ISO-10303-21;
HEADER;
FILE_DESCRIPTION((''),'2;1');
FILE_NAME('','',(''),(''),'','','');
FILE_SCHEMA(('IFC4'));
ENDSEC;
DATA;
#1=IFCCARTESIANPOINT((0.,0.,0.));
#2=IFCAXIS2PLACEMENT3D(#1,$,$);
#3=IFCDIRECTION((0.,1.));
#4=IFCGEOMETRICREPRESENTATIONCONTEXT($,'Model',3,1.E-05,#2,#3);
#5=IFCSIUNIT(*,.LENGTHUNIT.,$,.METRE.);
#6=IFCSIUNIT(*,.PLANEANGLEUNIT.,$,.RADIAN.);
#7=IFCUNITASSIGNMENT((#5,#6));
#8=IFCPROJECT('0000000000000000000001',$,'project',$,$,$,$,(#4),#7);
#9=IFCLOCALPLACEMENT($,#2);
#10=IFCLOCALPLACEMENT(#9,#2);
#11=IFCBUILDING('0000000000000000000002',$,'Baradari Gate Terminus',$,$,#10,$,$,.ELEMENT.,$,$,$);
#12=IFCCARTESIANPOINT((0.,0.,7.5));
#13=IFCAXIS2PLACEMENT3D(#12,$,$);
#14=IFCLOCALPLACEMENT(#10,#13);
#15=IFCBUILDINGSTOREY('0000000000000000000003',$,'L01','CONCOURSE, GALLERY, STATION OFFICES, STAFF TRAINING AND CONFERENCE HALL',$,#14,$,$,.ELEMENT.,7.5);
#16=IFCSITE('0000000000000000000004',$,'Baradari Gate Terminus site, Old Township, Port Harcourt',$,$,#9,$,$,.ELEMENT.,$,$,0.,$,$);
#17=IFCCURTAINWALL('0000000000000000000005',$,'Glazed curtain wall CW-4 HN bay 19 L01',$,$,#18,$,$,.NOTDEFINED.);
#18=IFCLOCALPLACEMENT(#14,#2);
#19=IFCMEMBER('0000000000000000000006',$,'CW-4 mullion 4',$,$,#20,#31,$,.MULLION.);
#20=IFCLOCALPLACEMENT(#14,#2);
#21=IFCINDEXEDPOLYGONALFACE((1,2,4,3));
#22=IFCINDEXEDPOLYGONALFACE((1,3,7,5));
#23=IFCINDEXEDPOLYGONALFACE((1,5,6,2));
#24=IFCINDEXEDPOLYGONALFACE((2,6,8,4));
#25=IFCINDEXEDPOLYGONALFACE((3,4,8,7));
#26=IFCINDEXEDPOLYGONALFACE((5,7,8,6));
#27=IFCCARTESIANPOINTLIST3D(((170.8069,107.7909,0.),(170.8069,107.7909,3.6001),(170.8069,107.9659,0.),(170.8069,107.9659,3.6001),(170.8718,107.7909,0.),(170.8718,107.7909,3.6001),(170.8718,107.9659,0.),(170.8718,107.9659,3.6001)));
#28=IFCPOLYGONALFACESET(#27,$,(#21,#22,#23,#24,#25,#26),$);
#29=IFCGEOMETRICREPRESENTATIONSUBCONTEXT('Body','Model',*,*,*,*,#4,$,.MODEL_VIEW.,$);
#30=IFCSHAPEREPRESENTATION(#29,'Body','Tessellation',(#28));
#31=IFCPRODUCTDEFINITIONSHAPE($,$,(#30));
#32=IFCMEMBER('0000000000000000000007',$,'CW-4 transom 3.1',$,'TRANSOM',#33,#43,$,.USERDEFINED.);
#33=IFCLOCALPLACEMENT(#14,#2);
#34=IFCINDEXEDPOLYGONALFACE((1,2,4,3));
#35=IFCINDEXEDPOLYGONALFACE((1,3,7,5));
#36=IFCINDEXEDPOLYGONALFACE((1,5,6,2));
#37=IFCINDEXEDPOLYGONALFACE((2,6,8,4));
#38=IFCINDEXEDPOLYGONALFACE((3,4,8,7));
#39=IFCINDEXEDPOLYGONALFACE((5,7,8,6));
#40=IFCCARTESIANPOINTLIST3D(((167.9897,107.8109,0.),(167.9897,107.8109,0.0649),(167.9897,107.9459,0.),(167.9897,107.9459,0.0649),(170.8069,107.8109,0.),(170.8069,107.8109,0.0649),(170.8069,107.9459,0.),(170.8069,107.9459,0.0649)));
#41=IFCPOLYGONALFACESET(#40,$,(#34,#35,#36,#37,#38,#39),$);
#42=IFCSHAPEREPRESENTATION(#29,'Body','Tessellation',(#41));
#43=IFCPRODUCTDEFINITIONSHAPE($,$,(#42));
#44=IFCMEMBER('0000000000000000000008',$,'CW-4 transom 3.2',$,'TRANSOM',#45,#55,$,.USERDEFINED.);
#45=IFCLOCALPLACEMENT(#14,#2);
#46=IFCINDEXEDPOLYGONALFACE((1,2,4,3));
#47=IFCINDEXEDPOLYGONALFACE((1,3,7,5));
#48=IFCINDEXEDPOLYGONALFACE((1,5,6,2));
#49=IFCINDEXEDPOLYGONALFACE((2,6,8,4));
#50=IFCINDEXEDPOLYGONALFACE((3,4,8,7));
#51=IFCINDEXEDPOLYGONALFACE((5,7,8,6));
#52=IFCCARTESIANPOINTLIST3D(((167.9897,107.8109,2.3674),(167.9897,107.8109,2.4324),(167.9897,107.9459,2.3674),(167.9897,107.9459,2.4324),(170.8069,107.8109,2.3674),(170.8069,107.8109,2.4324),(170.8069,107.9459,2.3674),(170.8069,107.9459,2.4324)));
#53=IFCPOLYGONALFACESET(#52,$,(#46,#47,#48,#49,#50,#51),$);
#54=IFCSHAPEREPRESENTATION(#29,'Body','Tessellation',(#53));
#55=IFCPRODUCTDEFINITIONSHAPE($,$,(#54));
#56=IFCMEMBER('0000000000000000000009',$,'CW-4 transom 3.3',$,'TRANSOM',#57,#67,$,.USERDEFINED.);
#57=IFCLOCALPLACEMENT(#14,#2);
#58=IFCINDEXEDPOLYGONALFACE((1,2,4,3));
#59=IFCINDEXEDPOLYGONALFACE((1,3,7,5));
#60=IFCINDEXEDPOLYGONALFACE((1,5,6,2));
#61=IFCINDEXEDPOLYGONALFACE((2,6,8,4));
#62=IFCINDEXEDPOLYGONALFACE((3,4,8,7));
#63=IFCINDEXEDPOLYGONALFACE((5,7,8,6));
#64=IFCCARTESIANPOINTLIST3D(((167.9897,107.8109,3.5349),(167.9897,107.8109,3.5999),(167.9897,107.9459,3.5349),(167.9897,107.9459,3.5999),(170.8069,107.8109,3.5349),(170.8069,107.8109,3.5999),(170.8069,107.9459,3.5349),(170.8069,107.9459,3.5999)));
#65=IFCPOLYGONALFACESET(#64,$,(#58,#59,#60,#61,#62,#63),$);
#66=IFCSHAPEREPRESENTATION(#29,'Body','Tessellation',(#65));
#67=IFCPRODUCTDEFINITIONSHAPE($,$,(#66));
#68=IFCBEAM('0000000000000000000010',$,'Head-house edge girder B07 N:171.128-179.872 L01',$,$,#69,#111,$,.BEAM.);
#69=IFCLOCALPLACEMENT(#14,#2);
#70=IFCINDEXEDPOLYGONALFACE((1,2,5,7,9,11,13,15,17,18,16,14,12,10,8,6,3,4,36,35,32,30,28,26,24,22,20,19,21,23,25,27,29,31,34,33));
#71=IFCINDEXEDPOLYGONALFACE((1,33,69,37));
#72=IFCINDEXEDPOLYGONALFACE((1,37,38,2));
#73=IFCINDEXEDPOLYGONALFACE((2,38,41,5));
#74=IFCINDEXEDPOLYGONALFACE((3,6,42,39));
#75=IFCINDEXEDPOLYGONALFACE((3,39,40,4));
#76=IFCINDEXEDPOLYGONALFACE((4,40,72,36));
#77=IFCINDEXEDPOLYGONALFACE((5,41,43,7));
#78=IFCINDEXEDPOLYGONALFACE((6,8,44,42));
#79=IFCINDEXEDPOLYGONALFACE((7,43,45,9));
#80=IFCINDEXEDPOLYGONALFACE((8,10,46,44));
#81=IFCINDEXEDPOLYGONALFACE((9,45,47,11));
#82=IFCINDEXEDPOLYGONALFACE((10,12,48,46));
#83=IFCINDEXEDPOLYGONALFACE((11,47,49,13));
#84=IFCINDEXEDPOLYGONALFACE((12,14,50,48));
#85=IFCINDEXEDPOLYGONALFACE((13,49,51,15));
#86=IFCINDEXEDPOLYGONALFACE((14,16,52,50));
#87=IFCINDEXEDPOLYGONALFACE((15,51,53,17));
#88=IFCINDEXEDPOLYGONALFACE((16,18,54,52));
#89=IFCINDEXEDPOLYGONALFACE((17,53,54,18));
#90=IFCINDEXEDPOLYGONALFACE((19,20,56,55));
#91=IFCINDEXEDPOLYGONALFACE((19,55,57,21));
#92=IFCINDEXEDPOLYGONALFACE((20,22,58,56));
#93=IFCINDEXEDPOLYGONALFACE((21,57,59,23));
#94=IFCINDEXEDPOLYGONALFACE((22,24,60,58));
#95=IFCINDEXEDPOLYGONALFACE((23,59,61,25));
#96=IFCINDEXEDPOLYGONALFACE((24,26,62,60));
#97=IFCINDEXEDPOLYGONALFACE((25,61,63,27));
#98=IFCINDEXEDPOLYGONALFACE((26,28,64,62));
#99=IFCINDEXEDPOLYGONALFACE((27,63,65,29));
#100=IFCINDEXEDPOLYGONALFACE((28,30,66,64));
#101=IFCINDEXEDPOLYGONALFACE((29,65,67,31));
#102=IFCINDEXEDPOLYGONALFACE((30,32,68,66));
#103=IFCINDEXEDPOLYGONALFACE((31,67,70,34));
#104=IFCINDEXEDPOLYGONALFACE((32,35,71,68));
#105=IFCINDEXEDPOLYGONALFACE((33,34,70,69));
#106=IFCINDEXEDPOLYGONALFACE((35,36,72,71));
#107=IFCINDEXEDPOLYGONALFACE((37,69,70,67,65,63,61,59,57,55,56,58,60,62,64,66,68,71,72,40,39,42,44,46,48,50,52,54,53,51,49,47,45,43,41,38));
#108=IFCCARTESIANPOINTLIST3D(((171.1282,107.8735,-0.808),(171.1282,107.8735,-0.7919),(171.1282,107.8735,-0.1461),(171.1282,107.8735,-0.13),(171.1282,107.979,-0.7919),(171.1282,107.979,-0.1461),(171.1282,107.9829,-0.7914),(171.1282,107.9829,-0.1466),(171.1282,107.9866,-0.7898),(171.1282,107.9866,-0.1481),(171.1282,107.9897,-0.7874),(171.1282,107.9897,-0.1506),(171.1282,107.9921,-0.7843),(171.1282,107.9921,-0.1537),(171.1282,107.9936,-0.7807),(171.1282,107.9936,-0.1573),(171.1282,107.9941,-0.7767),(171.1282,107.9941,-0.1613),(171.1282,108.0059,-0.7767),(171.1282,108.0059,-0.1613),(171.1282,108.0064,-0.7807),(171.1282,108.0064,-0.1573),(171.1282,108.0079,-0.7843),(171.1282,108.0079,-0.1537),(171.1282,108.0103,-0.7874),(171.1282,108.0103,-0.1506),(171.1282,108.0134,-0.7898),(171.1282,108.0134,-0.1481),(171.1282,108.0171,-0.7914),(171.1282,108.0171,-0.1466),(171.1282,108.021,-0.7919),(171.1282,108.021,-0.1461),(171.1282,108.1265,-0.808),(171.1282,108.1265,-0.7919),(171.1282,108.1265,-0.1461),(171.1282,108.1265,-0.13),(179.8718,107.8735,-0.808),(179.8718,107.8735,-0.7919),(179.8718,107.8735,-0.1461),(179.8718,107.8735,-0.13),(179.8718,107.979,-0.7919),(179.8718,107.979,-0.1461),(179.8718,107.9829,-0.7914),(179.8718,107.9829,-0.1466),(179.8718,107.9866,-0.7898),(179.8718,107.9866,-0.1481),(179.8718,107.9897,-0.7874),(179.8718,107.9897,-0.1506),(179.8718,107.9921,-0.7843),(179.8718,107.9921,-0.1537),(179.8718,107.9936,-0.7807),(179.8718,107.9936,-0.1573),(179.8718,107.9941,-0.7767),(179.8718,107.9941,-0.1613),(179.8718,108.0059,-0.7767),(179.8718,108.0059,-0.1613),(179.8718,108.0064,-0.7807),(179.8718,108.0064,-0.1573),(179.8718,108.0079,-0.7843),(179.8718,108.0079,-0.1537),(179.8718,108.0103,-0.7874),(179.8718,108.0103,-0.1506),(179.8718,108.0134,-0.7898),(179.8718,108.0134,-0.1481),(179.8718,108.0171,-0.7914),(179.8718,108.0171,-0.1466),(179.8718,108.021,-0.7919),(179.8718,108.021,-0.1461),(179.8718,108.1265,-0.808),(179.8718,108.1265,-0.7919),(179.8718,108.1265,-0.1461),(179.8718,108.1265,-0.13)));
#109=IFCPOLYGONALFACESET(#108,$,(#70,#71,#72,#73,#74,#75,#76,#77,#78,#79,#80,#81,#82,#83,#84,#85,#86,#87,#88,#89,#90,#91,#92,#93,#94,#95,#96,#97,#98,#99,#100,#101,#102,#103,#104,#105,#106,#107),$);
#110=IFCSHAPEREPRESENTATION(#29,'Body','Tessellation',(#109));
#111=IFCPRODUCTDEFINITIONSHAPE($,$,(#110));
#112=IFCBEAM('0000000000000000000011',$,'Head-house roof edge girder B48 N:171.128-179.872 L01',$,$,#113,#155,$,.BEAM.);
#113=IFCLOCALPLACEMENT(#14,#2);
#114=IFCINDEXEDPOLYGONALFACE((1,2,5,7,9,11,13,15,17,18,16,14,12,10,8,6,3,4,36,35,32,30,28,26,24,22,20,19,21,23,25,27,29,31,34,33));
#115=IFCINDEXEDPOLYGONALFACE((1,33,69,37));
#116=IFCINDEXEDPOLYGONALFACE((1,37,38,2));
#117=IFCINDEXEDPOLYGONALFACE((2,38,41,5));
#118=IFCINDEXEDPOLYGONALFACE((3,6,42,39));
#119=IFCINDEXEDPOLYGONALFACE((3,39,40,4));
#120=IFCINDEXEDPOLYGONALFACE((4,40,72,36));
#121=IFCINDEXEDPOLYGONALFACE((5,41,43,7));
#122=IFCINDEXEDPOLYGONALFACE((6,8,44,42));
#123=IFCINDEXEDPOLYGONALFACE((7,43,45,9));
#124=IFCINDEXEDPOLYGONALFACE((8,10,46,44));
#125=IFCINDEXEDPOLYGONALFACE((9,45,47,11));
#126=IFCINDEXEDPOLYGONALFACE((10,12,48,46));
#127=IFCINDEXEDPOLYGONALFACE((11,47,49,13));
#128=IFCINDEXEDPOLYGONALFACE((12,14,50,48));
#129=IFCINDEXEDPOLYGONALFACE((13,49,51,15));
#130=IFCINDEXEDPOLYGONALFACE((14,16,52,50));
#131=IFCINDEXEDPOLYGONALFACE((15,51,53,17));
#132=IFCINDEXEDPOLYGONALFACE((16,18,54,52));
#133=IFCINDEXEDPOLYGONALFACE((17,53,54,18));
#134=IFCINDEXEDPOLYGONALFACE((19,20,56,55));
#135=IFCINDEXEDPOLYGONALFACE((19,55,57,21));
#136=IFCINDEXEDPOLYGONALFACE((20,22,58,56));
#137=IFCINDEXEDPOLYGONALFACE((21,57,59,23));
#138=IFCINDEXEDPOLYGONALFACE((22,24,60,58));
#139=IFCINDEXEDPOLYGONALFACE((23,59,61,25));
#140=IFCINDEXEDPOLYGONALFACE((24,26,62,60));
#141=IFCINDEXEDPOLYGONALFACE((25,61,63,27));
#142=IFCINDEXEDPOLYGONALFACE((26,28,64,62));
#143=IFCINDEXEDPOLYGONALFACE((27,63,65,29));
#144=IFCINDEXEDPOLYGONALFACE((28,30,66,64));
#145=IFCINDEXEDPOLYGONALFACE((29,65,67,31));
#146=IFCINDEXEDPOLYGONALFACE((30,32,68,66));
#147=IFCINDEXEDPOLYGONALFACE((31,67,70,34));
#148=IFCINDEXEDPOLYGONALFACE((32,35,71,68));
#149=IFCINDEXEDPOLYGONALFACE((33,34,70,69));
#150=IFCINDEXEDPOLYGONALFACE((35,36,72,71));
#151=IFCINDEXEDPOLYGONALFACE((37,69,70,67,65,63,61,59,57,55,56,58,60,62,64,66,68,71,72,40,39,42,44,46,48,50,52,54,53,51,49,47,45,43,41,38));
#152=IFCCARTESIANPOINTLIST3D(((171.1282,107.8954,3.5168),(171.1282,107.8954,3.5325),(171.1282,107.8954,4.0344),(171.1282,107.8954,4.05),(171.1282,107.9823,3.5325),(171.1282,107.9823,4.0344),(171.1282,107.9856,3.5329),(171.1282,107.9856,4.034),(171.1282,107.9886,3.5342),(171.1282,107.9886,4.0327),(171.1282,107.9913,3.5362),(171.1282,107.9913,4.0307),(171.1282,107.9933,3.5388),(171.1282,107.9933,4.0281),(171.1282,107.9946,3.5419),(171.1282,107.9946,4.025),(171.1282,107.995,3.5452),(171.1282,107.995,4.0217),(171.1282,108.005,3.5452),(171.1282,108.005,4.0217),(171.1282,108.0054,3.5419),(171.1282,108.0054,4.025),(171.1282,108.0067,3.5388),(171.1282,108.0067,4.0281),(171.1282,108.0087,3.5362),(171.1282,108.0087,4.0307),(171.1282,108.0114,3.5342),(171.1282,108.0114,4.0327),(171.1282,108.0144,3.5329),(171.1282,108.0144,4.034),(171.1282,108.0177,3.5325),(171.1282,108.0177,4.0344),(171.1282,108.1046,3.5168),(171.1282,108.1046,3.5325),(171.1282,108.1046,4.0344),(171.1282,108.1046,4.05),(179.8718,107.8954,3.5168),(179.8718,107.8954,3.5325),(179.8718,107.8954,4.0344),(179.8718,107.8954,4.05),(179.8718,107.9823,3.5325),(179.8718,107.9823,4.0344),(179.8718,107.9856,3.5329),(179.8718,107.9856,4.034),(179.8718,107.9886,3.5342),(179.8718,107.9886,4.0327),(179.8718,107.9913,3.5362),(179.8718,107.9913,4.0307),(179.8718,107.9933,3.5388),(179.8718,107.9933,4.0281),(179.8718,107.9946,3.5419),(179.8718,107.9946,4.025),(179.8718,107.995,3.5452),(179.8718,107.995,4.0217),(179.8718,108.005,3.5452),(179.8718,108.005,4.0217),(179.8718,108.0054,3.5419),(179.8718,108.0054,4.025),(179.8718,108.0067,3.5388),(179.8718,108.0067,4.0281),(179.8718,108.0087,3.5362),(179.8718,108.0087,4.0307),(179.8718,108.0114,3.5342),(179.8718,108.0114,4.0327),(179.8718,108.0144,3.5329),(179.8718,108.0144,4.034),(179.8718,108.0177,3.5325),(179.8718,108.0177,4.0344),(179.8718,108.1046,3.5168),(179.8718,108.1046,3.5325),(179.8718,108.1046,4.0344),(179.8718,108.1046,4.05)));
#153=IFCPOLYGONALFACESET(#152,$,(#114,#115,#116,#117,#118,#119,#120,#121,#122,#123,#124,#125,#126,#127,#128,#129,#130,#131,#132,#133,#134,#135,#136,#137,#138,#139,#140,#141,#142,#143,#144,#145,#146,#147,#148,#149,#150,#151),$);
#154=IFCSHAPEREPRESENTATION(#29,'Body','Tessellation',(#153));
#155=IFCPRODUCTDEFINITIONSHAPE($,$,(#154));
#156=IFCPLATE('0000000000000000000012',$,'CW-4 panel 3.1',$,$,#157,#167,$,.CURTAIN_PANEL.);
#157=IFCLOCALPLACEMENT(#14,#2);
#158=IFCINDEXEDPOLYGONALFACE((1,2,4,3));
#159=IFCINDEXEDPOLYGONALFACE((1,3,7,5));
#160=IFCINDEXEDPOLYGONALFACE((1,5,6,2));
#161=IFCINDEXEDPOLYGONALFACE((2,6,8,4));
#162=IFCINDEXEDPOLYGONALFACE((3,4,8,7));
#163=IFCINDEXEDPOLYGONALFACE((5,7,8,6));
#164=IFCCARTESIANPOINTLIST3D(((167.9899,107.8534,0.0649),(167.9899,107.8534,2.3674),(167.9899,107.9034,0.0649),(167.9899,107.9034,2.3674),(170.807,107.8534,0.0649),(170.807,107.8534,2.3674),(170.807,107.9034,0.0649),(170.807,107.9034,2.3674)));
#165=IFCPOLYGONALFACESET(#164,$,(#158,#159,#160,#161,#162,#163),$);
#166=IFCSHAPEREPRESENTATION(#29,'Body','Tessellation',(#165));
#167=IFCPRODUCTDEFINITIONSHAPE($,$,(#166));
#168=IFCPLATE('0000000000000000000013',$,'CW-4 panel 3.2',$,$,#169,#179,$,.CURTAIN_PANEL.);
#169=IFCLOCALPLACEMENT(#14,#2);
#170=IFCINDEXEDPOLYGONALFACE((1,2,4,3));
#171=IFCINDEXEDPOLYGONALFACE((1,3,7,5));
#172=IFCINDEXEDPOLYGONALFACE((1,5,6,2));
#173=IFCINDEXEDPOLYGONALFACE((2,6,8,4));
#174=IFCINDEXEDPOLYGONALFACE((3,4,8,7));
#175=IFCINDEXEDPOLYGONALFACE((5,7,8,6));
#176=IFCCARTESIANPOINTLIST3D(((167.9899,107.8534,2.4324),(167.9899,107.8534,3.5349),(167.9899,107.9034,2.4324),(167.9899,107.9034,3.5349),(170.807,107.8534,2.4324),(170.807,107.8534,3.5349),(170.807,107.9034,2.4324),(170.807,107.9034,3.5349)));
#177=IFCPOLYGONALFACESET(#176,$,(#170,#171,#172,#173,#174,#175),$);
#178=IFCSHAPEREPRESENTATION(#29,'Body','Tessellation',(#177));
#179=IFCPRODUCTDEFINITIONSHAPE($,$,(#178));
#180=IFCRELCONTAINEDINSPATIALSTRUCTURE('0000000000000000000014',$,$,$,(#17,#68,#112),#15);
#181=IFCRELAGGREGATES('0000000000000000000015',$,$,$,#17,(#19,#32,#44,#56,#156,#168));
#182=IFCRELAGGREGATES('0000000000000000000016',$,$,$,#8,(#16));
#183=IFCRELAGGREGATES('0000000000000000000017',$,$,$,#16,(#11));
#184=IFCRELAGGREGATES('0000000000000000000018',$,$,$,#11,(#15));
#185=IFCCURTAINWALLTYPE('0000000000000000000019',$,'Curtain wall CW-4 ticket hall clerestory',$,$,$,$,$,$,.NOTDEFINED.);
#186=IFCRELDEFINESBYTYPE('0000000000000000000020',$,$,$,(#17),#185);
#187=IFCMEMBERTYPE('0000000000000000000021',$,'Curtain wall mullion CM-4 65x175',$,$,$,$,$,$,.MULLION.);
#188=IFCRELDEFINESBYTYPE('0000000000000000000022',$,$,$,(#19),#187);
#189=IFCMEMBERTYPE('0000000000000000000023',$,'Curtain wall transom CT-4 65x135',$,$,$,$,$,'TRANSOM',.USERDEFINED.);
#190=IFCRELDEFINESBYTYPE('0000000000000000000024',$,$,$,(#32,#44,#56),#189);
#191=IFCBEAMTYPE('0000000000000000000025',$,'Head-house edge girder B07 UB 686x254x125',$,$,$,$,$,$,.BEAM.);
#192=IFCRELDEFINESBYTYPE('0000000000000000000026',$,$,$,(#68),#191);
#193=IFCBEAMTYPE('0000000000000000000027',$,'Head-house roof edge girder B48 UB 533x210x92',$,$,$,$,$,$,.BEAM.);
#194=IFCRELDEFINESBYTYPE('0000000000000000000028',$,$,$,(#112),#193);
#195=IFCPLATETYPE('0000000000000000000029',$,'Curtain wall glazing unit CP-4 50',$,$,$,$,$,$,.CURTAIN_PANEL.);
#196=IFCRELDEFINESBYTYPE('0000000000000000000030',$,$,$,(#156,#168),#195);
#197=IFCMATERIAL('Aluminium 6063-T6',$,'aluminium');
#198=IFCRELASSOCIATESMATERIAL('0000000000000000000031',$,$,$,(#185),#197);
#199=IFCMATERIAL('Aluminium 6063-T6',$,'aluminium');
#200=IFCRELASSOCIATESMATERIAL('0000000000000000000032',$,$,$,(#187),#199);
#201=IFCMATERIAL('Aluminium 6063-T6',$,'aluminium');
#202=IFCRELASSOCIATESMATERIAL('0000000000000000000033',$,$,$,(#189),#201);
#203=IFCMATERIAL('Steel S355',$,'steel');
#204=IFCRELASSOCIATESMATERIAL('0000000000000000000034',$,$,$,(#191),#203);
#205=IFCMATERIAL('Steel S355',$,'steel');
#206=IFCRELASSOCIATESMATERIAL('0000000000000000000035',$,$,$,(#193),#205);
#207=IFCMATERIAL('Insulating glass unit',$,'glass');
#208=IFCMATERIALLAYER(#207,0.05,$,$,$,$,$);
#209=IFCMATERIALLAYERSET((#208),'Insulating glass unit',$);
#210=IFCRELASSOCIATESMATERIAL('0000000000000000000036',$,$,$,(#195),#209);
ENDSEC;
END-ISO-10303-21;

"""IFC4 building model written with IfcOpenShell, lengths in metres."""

from ifc_helpers import new_model, si_unit, direction, frame, origin, origin_2d, place, context, subcontext, project, spatial, rectangle, i_section, extrude, material, layer, layer_set, material_profile, profile_set, type_object, element, aggregate, save


model = new_model("IFC4")

# Units and contexts
model_context = context("Model", 3, precision=1e-05, world=origin(), true_north=direction((0.0, 1.0)))
body_context = subcontext(model_context, "Body", "Model", "MODEL_VIEW")
ifc_project = project(units=[si_unit("LENGTHUNIT", "METRE"), si_unit("PLANEANGLEUNIT", "RADIAN")], contexts=[model_context])

# Site, building, storey
site_placement = place(None, origin())
site = spatial("IfcSite", under=ifc_project, at=site_placement, Name="Baradari Gate Terminus site, Old Township, Port Harcourt", CompositionType="ELEMENT", RefElevation=0.0)
building_placement = place(site_placement, origin())
building = spatial("IfcBuilding", under=site, at=building_placement, Name="Baradari Gate Terminus", CompositionType="ELEMENT")
storey_placement = place(building_placement, frame((0.0, 0.0, 7.5)))
storey = spatial("IfcBuildingStorey", under=building, at=storey_placement, Name="L01", Description="CONCOURSE, GALLERY, STATION OFFICES, STAFF TRAINING AND CONFERENCE HALL", CompositionType="ELEMENT", Elevation=7.5)

# Curtain wall, members
ifc_material_1 = material(Name="Aluminium 6063-T6", Category="aluminium")
curtain_wall_type = type_object("IfcCurtainWallType", Name="Curtain wall CW-4 ticket hall clerestory", PredefinedType="NOTDEFINED", material=ifc_material_1)
curtain_wall_placement = place(storey_placement, origin())
curtain_wall = element("IfcCurtainWall", 1, at=curtain_wall_placement, inside=storey, type_object=curtain_wall_type, Name="Glazed curtain wall CW-4 HN bay 19 L01", PredefinedType="NOTDEFINED")
ifc_material_2 = material(Name="Aluminium 6063-T6", Category="aluminium")
ifc_material_profile_1 = material_profile(ifc_material_2, rectangle(XDim=0.175, YDim=0.0649, at=origin_2d()), Name="CM-4 65X175")
ifc_profile_set_1 = profile_set([ifc_material_profile_1], Name="Aluminium 6063-T6")
member_type_1 = type_object("IfcMemberType", Name="Curtain wall mullion CM-4 65x175", PredefinedType="MULLION", material=ifc_profile_set_1)
member_1_placement = place(storey_placement, frame((170.8394, 107.8784, 0.0), z_axis=(0.0, 0.0, 1.0), x_axis=(0.0, 1.0, 0.0)))
member_1 = element("IfcMember", 2, at=member_1_placement, type_object=member_type_1, Name="CW-4 mullion 4", PredefinedType="MULLION", context=body_context, shape_type="SweptSolid", body=[
    extrude(rectangle(XDim=0.175, YDim=0.0649, at=origin_2d()), origin(), (0.0, 0.0, 1.0), 3.6001),
])
ifc_material_3 = material(Name="Aluminium 6063-T6", Category="aluminium")
ifc_material_profile_2 = material_profile(ifc_material_3, rectangle(XDim=0.135, YDim=0.0649, at=origin_2d()), Name="CT-4 65X135")
ifc_profile_set_2 = profile_set([ifc_material_profile_2], Name="Aluminium 6063-T6")
member_type_2 = type_object("IfcMemberType", Name="Curtain wall transom CT-4 65x135", ElementType="TRANSOM", PredefinedType="USERDEFINED", material=ifc_profile_set_2)
member_2_placement = place(storey_placement, frame((167.9897, 107.8784, 0.0325), z_axis=(1.0, 0.0, 0.0), x_axis=(0.0, 1.0, 0.0)))
member_2 = element("IfcMember", 3, at=member_2_placement, type_object=member_type_2, Name="CW-4 transom 3.1", ObjectType="TRANSOM", PredefinedType="USERDEFINED", context=body_context, shape_type="SweptSolid", body=[
    extrude(rectangle(XDim=0.135, YDim=0.0649, at=origin_2d()), origin(), (0.0, 0.0, 1.0), 2.8171),
])
member_3_placement = place(storey_placement, frame((167.9897, 107.8784, 2.3999), z_axis=(1.0, 0.0, 0.0), x_axis=(0.0, 1.0, 0.0)))
member_3 = element("IfcMember", 4, at=member_3_placement, type_object=member_type_2, Name="CW-4 transom 3.2", ObjectType="TRANSOM", PredefinedType="USERDEFINED", context=body_context, shape_type="SweptSolid", body=[
    extrude(rectangle(XDim=0.135, YDim=0.0649, at=origin_2d()), origin(), (0.0, 0.0, 1.0), 2.8171),
])
member_4_placement = place(storey_placement, frame((167.9897, 107.8784, 3.5674), z_axis=(1.0, 0.0, 0.0), x_axis=(0.0, 1.0, 0.0)))
member_4 = element("IfcMember", 5, at=member_4_placement, type_object=member_type_2, Name="CW-4 transom 3.3", ObjectType="TRANSOM", PredefinedType="USERDEFINED", context=body_context, shape_type="SweptSolid", body=[
    extrude(rectangle(XDim=0.135, YDim=0.0649, at=origin_2d()), origin(), (0.0, 0.0, 1.0), 2.8171),
])

# Beams
ifc_material_4 = material(Name="Steel S355", Category="steel")
ifc_material_profile_3 = material_profile(ifc_material_4, i_section(OverallWidth=0.2529, OverallDepth=0.678, WebThickness=0.0117, FlangeThickness=0.0161, FilletRadius=0.0151, at=origin_2d()), Name="UB 686x254x125")
ifc_profile_set_3 = profile_set([ifc_material_profile_3], Name="Steel S355")
beam_type_1 = type_object("IfcBeamType", Name="Head-house edge girder B07 UB 686x254x125", PredefinedType="BEAM", material=ifc_profile_set_3)
beam_1_placement = place(storey_placement, frame((171.1282, 108.0, -0.469), z_axis=(1.0, 0.0, 0.0), x_axis=(0.0, 1.0, 0.0)))
element("IfcBeam", 6, at=beam_1_placement, inside=storey, type_object=beam_type_1, Name="Head-house edge girder B07 N:171.128-179.872 L01", PredefinedType="BEAM", context=body_context, shape_type="SweptSolid", body=[
    extrude(i_section(OverallWidth=0.2529, OverallDepth=0.678, WebThickness=0.0117, FlangeThickness=0.0161, FilletRadius=0.0151, at=origin_2d()), origin(), (0.0, 0.0, 1.0), 8.7437),
])
ifc_material_5 = material(Name="Steel S355", Category="steel")
ifc_material_profile_4 = material_profile(ifc_material_5, i_section(OverallWidth=0.2092, OverallDepth=0.5332, WebThickness=0.01, FlangeThickness=0.0156, FilletRadius=0.0127, at=origin_2d()), Name="UB 533x210x92")
ifc_profile_set_4 = profile_set([ifc_material_profile_4], Name="Steel S355")
beam_type_2 = type_object("IfcBeamType", Name="Head-house roof edge girder B48 UB 533x210x92", PredefinedType="BEAM", material=ifc_profile_set_4)
beam_2_placement = place(storey_placement, frame((171.1282, 108.0, 3.7834), z_axis=(1.0, 0.0, 0.0), x_axis=(0.0, 1.0, 0.0)))
element("IfcBeam", 7, at=beam_2_placement, inside=storey, type_object=beam_type_2, Name="Head-house roof edge girder B48 N:171.128-179.872 L01", PredefinedType="BEAM", context=body_context, shape_type="SweptSolid", body=[
    extrude(i_section(OverallWidth=0.2092, OverallDepth=0.5332, WebThickness=0.01, FlangeThickness=0.0156, FilletRadius=0.0127, at=origin_2d()), origin(), (0.0, 0.0, 1.0), 8.7437),
])

# Plates
ifc_material_6 = material(Name="Insulating glass unit", Category="glass")
ifc_layer_1 = layer(ifc_material_6, 0.05)
ifc_layer_set_1 = layer_set([ifc_layer_1], Name="Insulating glass unit")
plate_type = type_object("IfcPlateType", Name="Curtain wall glazing unit CP-4 50", PredefinedType="CURTAIN_PANEL", material=ifc_layer_set_1)
plate_1_placement = place(storey_placement, frame((169.3984, 107.8784, 0.0649), z_axis=(0.0, 0.0, 1.0), x_axis=(1.0, 0.0, 0.0)))
plate_1 = element("IfcPlate", 8, at=plate_1_placement, type_object=plate_type, Name="CW-4 panel 3.1", PredefinedType="CURTAIN_PANEL", context=body_context, shape_type="SweptSolid", body=[
    extrude(rectangle(XDim=2.8171, YDim=0.05, at=origin_2d()), origin(), (0.0, 0.0, 1.0), 2.3025),
])
plate_2_placement = place(storey_placement, frame((169.3984, 107.8784, 2.4324), z_axis=(0.0, 0.0, 1.0), x_axis=(1.0, 0.0, 0.0)))
plate_2 = element("IfcPlate", 9, at=plate_2_placement, type_object=plate_type, Name="CW-4 panel 3.2", PredefinedType="CURTAIN_PANEL", context=body_context, shape_type="SweptSolid", body=[
    extrude(rectangle(XDim=2.8171, YDim=0.05, at=origin_2d()), origin(), (0.0, 0.0, 1.0), 1.1025),
])
aggregate(curtain_wall, [member_1, member_2, member_3, member_4, plate_1, plate_2])

save(model, "model.ifc")
